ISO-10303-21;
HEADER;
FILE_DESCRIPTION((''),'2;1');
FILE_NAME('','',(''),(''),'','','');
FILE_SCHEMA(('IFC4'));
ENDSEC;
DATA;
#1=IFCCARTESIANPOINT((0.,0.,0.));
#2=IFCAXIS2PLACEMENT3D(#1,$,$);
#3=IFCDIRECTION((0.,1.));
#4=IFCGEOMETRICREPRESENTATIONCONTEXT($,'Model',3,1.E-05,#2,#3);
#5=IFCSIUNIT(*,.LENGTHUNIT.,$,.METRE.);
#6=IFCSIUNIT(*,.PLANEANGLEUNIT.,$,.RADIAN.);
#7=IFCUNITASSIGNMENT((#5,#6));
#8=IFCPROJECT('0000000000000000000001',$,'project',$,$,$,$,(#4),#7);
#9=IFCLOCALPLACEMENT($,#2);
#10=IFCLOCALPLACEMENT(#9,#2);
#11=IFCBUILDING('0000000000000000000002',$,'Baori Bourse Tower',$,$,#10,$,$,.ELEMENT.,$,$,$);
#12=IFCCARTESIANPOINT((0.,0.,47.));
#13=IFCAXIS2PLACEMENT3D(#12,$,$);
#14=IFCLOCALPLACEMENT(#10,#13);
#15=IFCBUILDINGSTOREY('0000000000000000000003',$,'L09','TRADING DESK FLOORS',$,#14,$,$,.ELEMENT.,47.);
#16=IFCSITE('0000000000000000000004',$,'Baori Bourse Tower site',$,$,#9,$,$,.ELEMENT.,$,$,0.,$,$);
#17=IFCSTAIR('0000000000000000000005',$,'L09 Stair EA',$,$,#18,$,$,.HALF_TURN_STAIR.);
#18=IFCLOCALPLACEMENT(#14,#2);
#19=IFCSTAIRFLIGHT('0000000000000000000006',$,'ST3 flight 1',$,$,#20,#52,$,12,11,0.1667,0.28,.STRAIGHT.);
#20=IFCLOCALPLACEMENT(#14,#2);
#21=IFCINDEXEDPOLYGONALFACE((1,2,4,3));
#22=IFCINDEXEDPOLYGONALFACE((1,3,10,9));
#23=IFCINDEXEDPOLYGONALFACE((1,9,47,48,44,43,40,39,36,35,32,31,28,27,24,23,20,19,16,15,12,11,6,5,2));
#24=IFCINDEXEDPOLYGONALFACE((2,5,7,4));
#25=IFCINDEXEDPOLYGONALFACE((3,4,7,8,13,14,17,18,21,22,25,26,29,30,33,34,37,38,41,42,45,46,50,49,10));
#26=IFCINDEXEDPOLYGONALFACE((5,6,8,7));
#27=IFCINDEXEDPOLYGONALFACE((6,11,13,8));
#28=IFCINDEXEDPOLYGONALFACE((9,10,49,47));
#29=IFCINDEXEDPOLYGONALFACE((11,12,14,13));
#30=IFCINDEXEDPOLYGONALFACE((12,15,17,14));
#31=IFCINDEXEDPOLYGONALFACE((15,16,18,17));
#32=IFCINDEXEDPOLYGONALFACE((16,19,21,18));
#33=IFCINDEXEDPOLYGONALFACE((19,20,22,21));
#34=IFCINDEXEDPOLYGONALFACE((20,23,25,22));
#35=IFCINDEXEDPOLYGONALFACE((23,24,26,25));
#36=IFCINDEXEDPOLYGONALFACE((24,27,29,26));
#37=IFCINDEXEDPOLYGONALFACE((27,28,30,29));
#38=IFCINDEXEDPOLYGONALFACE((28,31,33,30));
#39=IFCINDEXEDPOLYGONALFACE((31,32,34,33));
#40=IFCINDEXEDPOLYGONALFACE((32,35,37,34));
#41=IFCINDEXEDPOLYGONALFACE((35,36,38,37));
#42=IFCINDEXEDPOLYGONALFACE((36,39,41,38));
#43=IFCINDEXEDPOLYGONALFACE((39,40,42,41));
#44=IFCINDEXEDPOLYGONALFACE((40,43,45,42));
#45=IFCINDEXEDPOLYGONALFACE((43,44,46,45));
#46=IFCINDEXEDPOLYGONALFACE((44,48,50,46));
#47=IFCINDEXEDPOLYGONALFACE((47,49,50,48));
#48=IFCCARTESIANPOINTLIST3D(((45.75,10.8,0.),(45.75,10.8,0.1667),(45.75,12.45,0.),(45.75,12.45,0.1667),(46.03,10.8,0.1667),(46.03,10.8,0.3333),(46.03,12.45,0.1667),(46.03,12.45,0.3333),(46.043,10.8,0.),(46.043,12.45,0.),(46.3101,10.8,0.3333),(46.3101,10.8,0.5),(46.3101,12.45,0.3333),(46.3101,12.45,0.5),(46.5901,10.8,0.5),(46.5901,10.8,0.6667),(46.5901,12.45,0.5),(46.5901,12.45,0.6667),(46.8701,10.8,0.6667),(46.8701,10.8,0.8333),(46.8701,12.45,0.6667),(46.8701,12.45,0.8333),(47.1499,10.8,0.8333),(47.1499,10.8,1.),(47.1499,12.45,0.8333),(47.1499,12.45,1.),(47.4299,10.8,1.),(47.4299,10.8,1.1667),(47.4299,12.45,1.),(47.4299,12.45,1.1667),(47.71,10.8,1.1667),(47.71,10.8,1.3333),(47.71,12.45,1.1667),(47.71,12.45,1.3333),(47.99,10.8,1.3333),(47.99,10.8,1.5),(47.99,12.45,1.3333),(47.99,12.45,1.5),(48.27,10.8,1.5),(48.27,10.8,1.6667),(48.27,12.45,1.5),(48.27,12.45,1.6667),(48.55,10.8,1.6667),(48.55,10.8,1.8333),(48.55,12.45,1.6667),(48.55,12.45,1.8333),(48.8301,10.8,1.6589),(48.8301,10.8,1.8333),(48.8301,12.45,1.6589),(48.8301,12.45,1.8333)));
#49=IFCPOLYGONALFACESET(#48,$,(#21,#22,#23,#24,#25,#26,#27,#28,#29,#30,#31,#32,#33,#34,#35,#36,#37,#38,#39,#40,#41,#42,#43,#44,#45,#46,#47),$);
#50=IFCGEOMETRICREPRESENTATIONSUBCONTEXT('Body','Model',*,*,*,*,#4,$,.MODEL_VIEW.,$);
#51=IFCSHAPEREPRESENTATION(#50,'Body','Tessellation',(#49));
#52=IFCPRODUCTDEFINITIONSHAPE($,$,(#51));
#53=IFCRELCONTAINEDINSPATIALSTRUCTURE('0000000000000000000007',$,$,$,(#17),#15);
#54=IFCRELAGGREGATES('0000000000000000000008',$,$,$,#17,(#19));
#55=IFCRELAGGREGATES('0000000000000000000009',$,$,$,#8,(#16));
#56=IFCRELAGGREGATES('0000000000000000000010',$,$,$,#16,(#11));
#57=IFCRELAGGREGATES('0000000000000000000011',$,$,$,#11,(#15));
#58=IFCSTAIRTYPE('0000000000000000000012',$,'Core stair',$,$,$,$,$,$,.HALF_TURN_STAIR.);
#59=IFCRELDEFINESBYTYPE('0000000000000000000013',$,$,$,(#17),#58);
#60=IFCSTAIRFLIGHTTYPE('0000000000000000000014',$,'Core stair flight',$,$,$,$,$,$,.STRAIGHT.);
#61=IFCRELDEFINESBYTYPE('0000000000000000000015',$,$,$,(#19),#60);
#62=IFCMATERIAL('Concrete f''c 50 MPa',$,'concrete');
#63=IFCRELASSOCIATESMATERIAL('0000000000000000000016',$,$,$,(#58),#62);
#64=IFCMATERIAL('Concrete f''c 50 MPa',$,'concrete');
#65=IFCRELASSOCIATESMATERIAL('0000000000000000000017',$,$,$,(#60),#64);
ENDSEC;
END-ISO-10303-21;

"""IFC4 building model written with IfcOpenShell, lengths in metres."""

from ifc_helpers import new_model, si_unit, direction, frame, origin, place, context, subcontext, project, spatial, polyline, outline, extrude, material, type_object, element, aggregate, save


model = new_model("IFC4")

# Units and contexts
model_context = context("Model", 3, precision=1e-05, world=origin(), true_north=direction((0.0, 1.0)))
body_context = subcontext(model_context, "Body", "Model", "MODEL_VIEW")
ifc_project = project(units=[si_unit("LENGTHUNIT", "METRE"), si_unit("PLANEANGLEUNIT", "RADIAN")], contexts=[model_context])

# Site, building, storey
site_placement = place(None, origin())
site = spatial("IfcSite", under=ifc_project, at=site_placement, Name="Baori Bourse Tower site", CompositionType="ELEMENT", RefElevation=0.0)
building_placement = place(site_placement, origin())
building = spatial("IfcBuilding", under=site, at=building_placement, Name="Baori Bourse Tower", CompositionType="ELEMENT")
storey_placement = place(building_placement, frame((0.0, 0.0, 47.0)))
storey = spatial("IfcBuildingStorey", under=building, at=storey_placement, Name="L09", Description="TRADING DESK FLOORS", CompositionType="ELEMENT", Elevation=47.0)

# Stair, stair flight
ifc_material_1 = material(Name="Concrete f'c 50 MPa", Category="concrete")
stair_type = type_object("IfcStairType", Name="Core stair", PredefinedType="HALF_TURN_STAIR", material=ifc_material_1)
stair_placement = place(storey_placement, origin())
stair = element("IfcStair", 1, at=stair_placement, inside=storey, type_object=stair_type, Name="L09 Stair EA", PredefinedType="HALF_TURN_STAIR")
ifc_material_2 = material(Name="Concrete f'c 50 MPa", Category="concrete")
stair_flight_type = type_object("IfcStairFlightType", Name="Core stair flight", PredefinedType="STRAIGHT", material=ifc_material_2)
stair_flight_placement = place(storey_placement, frame((45.75, 11.625, 0.0), z_axis=(0.0, 0.0, 1.0), x_axis=(1.0, 0.0, 0.0)))
stair_flight = element("IfcStairFlight", 2, at=stair_flight_placement, type_object=stair_flight_type, Name="ST3 flight 1", NumberOfRisers=12, NumberOfTreads=11, PredefinedType="STRAIGHT", RiserHeight=0.1667, TreadLength=0.28, context=body_context, shape_type="SweptSolid", body=[
    extrude(outline(polyline([(0.0, 0.0), (0.0, 0.1667), (0.28, 0.1667), (0.28, 0.3333), (0.5601, 0.3333), (0.5601, 0.5), (0.8401, 0.5), (0.8401, 0.6667), (1.1201, 0.6667), (1.1201, 0.8333), (1.3999, 0.8333), (1.3999, 1.0), (1.6799, 1.0), (1.6799, 1.1667), (1.96, 1.1667), (1.96, 1.3333), (2.24, 1.3333), (2.24, 1.5), (2.52, 1.5), (2.52, 1.6667), (2.8, 1.6667), (2.8, 1.8333), (3.0801, 1.8333), (3.0801, 2.0), (3.0801, 1.6589), (0.293, 0.0), (0.0, 0.0)])), frame((0.0, 0.825, 0.0), z_axis=(0.0, -1.0, 0.0), x_axis=(1.0, 0.0, 0.0)), (0.0, 0.0, 1.0), 1.6499),
])
aggregate(stair, [stair_flight])

save(model, "model.ifc")
